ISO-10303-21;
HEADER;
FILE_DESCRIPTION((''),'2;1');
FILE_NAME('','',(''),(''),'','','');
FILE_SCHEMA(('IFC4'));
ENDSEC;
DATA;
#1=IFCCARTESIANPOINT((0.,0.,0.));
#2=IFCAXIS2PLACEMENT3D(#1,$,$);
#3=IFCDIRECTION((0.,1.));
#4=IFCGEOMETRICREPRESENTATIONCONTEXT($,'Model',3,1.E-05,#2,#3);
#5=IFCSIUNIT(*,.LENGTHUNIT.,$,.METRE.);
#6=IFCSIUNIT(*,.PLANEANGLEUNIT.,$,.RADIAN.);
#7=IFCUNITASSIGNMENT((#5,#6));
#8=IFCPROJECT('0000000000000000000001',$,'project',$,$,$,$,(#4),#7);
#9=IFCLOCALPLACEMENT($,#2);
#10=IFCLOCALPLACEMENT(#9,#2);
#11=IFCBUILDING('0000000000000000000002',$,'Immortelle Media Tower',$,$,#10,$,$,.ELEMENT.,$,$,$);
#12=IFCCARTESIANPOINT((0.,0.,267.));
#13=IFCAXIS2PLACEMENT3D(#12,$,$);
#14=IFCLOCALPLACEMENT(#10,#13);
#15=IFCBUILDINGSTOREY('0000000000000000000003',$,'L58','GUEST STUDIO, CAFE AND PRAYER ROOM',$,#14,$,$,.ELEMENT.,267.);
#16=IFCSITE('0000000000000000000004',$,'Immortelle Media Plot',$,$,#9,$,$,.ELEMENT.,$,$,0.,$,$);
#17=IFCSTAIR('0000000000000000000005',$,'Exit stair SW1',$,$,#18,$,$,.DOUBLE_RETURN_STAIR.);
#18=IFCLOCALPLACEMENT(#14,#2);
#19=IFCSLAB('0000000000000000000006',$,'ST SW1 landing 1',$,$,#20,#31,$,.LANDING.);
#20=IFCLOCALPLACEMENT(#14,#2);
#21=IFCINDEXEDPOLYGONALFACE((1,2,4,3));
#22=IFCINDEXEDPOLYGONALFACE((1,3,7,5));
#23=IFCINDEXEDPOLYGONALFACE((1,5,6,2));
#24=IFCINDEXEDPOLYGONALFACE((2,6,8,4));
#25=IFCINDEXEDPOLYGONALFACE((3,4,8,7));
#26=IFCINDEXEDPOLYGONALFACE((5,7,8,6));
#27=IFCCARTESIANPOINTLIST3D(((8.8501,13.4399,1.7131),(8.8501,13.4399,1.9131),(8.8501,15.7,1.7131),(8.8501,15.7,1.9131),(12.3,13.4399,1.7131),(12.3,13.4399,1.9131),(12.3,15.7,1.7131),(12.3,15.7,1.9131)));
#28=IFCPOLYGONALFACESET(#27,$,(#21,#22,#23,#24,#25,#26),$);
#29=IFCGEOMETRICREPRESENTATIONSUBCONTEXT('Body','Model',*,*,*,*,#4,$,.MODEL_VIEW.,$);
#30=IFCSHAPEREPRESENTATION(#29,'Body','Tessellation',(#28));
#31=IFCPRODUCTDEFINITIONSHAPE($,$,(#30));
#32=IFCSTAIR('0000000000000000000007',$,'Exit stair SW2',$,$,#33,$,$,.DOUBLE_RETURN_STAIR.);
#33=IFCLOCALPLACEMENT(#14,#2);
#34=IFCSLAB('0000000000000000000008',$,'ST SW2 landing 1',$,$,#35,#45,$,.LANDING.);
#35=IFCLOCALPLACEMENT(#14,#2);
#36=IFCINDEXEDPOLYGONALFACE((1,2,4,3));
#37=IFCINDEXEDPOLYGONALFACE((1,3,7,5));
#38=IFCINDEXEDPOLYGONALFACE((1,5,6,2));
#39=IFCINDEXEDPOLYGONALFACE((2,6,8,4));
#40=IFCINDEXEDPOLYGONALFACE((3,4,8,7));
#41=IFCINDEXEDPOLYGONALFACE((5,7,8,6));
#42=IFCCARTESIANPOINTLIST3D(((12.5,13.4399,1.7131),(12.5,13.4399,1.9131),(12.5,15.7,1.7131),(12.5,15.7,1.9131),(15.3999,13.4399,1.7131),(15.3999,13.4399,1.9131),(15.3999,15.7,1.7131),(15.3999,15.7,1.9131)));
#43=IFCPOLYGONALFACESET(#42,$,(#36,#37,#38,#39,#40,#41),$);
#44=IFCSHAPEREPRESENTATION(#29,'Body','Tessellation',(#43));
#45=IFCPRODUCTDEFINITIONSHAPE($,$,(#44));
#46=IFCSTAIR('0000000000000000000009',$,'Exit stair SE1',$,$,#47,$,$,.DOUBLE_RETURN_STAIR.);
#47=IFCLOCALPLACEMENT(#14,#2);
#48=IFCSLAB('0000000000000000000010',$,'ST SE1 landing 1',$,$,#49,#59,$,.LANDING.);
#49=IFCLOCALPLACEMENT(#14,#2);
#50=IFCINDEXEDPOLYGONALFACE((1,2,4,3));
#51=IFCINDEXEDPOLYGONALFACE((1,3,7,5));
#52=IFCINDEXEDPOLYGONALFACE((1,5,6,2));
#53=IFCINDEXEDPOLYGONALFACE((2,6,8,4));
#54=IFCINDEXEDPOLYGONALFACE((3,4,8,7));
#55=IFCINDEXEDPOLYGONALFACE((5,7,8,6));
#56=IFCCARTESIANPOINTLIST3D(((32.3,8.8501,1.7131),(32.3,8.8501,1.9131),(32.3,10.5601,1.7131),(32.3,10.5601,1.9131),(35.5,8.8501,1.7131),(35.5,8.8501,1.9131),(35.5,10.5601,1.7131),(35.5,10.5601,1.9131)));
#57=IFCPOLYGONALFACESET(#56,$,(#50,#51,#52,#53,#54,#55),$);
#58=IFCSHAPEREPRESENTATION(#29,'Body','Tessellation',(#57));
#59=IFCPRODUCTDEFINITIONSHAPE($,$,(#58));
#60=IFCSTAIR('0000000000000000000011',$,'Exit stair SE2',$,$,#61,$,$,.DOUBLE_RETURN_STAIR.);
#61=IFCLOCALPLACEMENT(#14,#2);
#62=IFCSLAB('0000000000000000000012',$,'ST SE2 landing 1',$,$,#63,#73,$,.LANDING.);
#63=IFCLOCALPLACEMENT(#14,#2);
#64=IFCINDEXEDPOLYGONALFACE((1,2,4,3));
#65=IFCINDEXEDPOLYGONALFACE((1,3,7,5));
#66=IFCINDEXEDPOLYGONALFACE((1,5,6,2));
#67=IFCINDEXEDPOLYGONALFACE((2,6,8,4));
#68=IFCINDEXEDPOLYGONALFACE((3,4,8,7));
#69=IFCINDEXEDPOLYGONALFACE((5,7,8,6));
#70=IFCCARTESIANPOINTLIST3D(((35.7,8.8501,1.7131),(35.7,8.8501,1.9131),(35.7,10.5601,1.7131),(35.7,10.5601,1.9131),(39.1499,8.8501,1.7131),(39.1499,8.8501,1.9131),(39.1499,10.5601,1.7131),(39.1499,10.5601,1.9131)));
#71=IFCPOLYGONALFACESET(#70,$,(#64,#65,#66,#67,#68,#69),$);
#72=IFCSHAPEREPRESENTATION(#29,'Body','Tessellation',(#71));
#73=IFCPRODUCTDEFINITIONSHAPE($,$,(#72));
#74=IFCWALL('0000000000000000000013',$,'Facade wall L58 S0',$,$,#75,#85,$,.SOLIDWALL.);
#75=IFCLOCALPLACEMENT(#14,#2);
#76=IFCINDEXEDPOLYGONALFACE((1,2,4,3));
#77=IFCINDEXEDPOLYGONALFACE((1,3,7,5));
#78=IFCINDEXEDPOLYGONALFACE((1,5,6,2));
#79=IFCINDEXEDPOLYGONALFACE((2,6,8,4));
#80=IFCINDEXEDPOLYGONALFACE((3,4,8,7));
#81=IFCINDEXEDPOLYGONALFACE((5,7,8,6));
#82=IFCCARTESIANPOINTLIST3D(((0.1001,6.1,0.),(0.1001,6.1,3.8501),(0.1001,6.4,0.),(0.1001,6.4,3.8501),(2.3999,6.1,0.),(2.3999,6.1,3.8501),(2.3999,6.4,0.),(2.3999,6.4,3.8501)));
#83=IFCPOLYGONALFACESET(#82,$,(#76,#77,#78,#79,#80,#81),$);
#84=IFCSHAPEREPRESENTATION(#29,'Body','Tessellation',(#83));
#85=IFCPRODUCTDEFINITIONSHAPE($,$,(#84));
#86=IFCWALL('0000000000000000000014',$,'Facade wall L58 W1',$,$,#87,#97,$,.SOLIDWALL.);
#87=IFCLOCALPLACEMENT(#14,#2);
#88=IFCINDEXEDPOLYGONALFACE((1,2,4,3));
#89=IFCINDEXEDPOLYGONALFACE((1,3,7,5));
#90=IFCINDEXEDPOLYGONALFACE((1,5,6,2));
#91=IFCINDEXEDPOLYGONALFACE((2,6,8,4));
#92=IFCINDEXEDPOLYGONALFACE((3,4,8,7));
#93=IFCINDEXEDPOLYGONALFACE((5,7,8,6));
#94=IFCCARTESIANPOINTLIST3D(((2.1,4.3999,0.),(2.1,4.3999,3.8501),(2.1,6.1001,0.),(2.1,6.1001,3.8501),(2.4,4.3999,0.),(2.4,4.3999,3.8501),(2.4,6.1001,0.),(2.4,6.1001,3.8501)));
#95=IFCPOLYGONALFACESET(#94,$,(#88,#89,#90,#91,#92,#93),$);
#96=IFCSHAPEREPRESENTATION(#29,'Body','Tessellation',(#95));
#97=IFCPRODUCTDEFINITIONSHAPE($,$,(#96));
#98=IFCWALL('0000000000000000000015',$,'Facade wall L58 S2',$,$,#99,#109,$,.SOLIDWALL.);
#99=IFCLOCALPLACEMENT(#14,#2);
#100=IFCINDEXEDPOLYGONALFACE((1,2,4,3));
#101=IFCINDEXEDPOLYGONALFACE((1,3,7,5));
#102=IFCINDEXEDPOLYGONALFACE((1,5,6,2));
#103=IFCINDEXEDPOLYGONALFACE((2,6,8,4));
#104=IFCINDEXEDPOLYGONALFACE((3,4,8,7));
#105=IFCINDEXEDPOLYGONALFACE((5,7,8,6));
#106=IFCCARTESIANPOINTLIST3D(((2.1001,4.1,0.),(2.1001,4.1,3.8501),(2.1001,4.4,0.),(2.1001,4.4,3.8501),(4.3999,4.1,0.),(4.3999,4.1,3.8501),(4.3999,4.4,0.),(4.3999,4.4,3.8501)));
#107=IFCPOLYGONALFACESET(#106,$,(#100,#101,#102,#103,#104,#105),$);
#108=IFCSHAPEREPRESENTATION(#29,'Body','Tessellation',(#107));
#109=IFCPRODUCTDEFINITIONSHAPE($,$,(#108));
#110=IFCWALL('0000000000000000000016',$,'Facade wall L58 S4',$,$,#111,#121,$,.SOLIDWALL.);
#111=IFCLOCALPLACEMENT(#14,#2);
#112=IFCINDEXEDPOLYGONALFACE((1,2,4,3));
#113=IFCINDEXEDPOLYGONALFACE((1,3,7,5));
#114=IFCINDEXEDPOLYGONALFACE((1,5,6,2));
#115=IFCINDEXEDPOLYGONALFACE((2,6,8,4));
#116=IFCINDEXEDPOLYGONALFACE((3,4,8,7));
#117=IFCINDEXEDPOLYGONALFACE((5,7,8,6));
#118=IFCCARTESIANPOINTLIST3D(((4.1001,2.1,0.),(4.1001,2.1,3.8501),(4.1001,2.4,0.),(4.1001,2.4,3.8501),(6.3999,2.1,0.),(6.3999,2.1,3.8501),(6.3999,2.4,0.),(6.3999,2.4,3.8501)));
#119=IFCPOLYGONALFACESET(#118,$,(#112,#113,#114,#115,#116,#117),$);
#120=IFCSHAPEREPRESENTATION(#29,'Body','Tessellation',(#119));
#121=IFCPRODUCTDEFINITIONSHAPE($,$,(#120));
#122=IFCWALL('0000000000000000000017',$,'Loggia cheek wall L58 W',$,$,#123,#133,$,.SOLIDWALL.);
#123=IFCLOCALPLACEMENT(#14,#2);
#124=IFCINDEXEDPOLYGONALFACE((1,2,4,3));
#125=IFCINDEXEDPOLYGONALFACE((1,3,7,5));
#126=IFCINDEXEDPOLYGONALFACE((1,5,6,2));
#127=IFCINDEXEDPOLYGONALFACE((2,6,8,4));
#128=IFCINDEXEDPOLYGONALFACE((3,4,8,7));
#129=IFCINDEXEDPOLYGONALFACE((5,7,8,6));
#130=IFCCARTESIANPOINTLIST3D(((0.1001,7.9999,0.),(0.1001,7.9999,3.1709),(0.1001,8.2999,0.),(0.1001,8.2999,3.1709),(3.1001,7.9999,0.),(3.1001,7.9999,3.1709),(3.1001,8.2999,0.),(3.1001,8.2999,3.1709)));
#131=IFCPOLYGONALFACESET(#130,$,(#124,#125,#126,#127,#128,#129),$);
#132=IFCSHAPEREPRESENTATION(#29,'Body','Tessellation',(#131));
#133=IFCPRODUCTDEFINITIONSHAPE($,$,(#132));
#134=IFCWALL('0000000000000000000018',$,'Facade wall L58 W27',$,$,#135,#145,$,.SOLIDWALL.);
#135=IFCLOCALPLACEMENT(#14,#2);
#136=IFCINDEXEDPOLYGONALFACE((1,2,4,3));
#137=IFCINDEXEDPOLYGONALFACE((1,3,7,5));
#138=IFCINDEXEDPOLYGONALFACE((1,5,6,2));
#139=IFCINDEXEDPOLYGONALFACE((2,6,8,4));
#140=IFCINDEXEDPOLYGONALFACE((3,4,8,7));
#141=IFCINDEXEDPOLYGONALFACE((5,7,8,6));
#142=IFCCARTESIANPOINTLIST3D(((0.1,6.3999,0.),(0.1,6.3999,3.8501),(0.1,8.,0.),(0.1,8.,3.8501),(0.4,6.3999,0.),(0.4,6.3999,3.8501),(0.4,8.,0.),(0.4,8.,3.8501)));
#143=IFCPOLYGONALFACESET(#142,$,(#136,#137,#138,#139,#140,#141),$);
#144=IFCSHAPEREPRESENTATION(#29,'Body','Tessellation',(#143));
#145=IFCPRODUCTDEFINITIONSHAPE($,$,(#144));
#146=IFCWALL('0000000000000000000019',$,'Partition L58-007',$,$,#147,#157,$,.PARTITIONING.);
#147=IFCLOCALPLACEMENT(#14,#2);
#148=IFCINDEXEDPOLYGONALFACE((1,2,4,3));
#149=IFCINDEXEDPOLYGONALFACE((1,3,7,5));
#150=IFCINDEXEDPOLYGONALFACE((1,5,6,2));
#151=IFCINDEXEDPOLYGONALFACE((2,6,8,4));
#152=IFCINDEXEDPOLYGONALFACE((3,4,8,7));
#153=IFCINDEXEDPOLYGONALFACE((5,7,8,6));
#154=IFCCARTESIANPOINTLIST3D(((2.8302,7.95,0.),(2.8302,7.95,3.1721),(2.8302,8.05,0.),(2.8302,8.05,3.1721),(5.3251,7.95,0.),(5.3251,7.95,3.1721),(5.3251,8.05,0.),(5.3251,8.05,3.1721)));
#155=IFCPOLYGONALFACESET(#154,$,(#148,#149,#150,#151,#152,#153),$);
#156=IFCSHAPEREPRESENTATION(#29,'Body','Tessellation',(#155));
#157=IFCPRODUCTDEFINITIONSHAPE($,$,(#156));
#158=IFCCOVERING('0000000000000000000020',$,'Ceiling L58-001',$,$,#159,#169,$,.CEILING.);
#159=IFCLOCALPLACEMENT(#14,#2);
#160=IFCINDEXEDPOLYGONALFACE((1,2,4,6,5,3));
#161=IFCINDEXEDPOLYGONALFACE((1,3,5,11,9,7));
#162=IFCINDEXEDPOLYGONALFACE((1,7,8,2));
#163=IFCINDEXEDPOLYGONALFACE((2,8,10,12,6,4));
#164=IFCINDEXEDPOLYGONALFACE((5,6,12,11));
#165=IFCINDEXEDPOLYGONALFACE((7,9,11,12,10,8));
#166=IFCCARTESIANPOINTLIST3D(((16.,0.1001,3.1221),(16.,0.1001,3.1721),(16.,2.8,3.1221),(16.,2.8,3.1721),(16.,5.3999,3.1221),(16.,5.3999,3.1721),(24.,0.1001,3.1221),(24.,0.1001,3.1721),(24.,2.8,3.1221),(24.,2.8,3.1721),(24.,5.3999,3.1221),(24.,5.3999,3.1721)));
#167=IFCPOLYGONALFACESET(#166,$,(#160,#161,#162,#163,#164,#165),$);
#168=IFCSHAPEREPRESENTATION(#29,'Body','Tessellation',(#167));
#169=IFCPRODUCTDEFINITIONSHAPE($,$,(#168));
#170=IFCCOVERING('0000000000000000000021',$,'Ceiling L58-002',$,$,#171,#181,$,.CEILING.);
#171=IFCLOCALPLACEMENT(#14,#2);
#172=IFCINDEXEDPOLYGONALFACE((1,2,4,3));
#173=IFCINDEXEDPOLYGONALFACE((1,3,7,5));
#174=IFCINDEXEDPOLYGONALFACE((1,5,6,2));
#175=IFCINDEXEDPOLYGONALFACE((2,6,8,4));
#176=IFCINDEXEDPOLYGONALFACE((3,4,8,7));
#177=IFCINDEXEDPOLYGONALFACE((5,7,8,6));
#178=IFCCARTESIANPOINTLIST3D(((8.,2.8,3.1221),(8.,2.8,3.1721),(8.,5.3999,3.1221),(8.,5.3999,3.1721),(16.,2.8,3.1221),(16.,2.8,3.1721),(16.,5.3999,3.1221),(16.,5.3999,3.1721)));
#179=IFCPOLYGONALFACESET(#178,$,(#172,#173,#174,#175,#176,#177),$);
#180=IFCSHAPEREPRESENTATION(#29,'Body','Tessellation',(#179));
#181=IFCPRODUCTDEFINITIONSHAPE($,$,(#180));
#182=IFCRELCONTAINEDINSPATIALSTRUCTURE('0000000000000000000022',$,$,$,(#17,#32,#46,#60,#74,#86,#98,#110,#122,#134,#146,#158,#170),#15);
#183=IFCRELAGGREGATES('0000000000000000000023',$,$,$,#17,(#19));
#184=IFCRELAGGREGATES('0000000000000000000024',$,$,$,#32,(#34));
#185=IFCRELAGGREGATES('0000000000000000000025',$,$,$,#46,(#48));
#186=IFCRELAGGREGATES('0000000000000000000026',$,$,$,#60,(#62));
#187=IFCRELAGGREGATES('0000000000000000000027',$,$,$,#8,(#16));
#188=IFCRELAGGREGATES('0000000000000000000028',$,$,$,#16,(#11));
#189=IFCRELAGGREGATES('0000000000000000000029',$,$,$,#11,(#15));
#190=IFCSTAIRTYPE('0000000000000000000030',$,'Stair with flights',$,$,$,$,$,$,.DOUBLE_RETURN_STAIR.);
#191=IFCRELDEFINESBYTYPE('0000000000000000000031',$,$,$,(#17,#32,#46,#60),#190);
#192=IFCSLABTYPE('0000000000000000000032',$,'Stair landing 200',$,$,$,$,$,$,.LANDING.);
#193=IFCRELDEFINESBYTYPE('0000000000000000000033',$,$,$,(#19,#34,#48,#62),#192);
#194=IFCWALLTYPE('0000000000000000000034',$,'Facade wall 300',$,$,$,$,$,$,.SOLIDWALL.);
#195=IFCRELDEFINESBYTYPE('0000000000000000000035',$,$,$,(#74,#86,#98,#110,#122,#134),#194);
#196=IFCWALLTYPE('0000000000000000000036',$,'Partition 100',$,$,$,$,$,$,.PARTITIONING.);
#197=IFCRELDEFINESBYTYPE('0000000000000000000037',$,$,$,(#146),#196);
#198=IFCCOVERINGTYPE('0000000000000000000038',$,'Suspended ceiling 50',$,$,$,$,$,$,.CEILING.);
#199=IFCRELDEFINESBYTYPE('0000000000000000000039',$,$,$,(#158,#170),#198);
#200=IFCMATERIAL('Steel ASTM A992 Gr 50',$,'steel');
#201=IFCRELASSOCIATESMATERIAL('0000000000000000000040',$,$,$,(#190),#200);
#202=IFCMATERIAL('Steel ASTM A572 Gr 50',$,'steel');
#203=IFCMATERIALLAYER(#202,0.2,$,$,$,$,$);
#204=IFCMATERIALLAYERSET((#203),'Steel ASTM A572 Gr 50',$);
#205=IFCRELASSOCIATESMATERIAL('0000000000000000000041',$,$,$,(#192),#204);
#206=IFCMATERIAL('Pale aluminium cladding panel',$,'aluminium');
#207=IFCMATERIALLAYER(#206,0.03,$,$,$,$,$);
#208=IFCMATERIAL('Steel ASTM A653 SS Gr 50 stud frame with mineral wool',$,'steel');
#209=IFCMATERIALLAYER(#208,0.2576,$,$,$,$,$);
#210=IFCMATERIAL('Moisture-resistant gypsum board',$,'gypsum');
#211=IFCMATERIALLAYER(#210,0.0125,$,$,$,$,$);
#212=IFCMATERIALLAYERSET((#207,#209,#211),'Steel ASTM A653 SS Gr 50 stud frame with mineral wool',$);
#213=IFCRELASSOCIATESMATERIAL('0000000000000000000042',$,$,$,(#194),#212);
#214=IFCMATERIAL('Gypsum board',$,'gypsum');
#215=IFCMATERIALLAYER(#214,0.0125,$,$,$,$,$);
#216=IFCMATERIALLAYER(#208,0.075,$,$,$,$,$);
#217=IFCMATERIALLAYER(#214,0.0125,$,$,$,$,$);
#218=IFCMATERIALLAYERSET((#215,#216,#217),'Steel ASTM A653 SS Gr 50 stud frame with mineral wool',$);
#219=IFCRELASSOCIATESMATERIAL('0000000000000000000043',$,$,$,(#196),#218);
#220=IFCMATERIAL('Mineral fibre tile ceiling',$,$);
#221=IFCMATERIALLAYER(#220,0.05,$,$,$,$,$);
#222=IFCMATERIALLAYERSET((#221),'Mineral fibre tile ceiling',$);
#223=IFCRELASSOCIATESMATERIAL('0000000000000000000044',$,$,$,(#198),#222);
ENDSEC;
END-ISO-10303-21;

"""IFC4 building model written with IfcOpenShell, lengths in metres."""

from ifc_helpers import new_model, si_unit, direction, frame, frame_2d, origin, place, context, subcontext, project, spatial, polyline, rectangle, outline, extrude, material, layer, layer_set, type_object, element, aggregate, save


model = new_model("IFC4")

# Units and contexts
model_context = context("Model", 3, precision=1e-05, world=origin(), true_north=direction((0.0, 1.0)))
body_context = subcontext(model_context, "Body", "Model", "MODEL_VIEW")
ifc_project = project(units=[si_unit("LENGTHUNIT", "METRE"), si_unit("PLANEANGLEUNIT", "RADIAN")], contexts=[model_context])

# Site, building, storey
site_placement = place(None, origin())
site = spatial("IfcSite", under=ifc_project, at=site_placement, Name="Immortelle Media Plot", CompositionType="ELEMENT", RefElevation=0.0)
building_placement = place(site_placement, origin())
building = spatial("IfcBuilding", under=site, at=building_placement, Name="Immortelle Media Tower", CompositionType="ELEMENT")
storey_placement = place(building_placement, frame((0.0, 0.0, 267.0)))
storey = spatial("IfcBuildingStorey", under=building, at=storey_placement, Name="L58", Description="GUEST STUDIO, CAFE AND PRAYER ROOM", CompositionType="ELEMENT", Elevation=267.0)

# Shared definitions
ifc_material_1 = material(Name="Steel ASTM A992 Gr 50", Category="steel")

# Stairs, slabs
stair_type = type_object("IfcStairType", Name="Stair with flights", PredefinedType="DOUBLE_RETURN_STAIR", material=ifc_material_1)
stair_1_placement = place(storey_placement, origin())
stair_1 = element("IfcStair", 1, at=stair_1_placement, inside=storey, type_object=stair_type, Name="Exit stair SW1", PredefinedType="DOUBLE_RETURN_STAIR")
ifc_material_2 = material(Name="Steel ASTM A572 Gr 50", Category="steel")
ifc_layer_1 = layer(ifc_material_2, 0.2)
ifc_layer_set_1 = layer_set([ifc_layer_1], Name="Steel ASTM A572 Gr 50")
slab_type_1 = type_object("IfcSlabType", Name="Stair landing 200", PredefinedType="LANDING", material=ifc_layer_set_1)
slab_1_placement = place(storey_placement, frame((0.0, 0.0, 1.7131)))
slab_1 = element("IfcSlab", 2, at=slab_1_placement, type_object=slab_type_1, Name="ST SW1 landing 1", PredefinedType="LANDING", context=body_context, shape_type="SweptSolid", body=[
    extrude(outline(polyline([(8.8501, 13.4399), (12.3, 13.4399), (12.3, 15.7), (8.8501, 15.7), (8.8501, 13.4399)])), origin(), (0.0, 0.0, 1.0), 0.2),
])
aggregate(stair_1, [slab_1])
stair_2_placement = place(storey_placement, origin())
stair_2 = element("IfcStair", 3, at=stair_2_placement, inside=storey, type_object=stair_type, Name="Exit stair SW2", PredefinedType="DOUBLE_RETURN_STAIR")
slab_2_placement = place(storey_placement, frame((0.0, 0.0, 1.7131)))
slab_2 = element("IfcSlab", 4, at=slab_2_placement, type_object=slab_type_1, Name="ST SW2 landing 1", PredefinedType="LANDING", context=body_context, shape_type="SweptSolid", body=[
    extrude(outline(polyline([(12.5, 13.4399), (15.3999, 13.4399), (15.3999, 15.7), (12.5, 15.7), (12.5, 13.4399)])), origin(), (0.0, 0.0, 1.0), 0.2),
])
aggregate(stair_2, [slab_2])
stair_3_placement = place(storey_placement, origin())
stair_3 = element("IfcStair", 5, at=stair_3_placement, inside=storey, type_object=stair_type, Name="Exit stair SE1", PredefinedType="DOUBLE_RETURN_STAIR")
slab_3_placement = place(storey_placement, frame((0.0, 0.0, 1.7131)))
slab_3 = element("IfcSlab", 6, at=slab_3_placement, type_object=slab_type_1, Name="ST SE1 landing 1", PredefinedType="LANDING", context=body_context, shape_type="SweptSolid", body=[
    extrude(outline(polyline([(32.3, 8.8501), (35.5, 8.8501), (35.5, 10.5601), (32.3, 10.5601), (32.3, 8.8501)])), origin(), (0.0, 0.0, 1.0), 0.2),
])
aggregate(stair_3, [slab_3])
stair_4_placement = place(storey_placement, origin())
stair_4 = element("IfcStair", 7, at=stair_4_placement, inside=storey, type_object=stair_type, Name="Exit stair SE2", PredefinedType="DOUBLE_RETURN_STAIR")
slab_4_placement = place(storey_placement, frame((0.0, 0.0, 1.7131)))
slab_4 = element("IfcSlab", 8, at=slab_4_placement, type_object=slab_type_1, Name="ST SE2 landing 1", PredefinedType="LANDING", context=body_context, shape_type="SweptSolid", body=[
    extrude(outline(polyline([(35.7, 8.8501), (39.1499, 8.8501), (39.1499, 10.5601), (35.7, 10.5601), (35.7, 8.8501)])), origin(), (0.0, 0.0, 1.0), 0.2),
])
aggregate(stair_4, [slab_4])

# Walls
ifc_material_3 = material(Name="Pale aluminium cladding panel", Category="aluminium")
ifc_layer_2 = layer(ifc_material_3, 0.03)
ifc_material_4 = material(Name="Steel ASTM A653 SS Gr 50 stud frame with mineral wool", Category="steel")
ifc_layer_3 = layer(ifc_material_4, 0.2576)
ifc_material_5 = material(Name="Moisture-resistant gypsum board", Category="gypsum")
ifc_layer_4 = layer(ifc_material_5, 0.0125)
ifc_layer_set_2 = layer_set([ifc_layer_2, ifc_layer_3, ifc_layer_4], Name="Steel ASTM A653 SS Gr 50 stud frame with mineral wool")
wall_type_1 = type_object("IfcWallType", Name="Facade wall 300", PredefinedType="SOLIDWALL", material=ifc_layer_set_2)
wall_1_placement = place(storey_placement, frame((0.1001, 6.25, 0.0), z_axis=(0.0, 0.0, 1.0), x_axis=(1.0, 0.0, 0.0)))
element("IfcWall", 9, at=wall_1_placement, inside=storey, type_object=wall_type_1, Name="Facade wall L58 S0", PredefinedType="SOLIDWALL", context=body_context, shape_type="SweptSolid", body=[
    extrude(rectangle(XDim=2.2998, YDim=0.3, at=frame_2d((1.1499, 0.0))), origin(), (0.0, 0.0, 1.0), 3.8501),
])
wall_2_placement = place(storey_placement, frame((2.25, 6.1001, 0.0), z_axis=(0.0, 0.0, 1.0), x_axis=(0.0, -1.0, 0.0)))
element("IfcWall", 10, at=wall_2_placement, inside=storey, type_object=wall_type_1, Name="Facade wall L58 W1", PredefinedType="SOLIDWALL", context=body_context, shape_type="SweptSolid", body=[
    extrude(rectangle(XDim=1.7002, YDim=0.3, at=frame_2d((0.8501, 0.0))), origin(), (0.0, 0.0, 1.0), 3.8501),
])
for number, where, z_axis, x_axis, name in (
    (11, (2.1001, 4.25, 0.0), (0.0, 0.0, 1.0), (1.0, 0.0, 0.0), "Facade wall L58 S2"),
    (12, (4.1001, 2.25, 0.0), (0.0, 0.0, 1.0), (1.0, 0.0, 0.0), "Facade wall L58 S4"),
):
    element("IfcWall", number, at=place(storey_placement, frame(where, z_axis=z_axis, x_axis=x_axis)), inside=storey, type_object=wall_type_1, Name=name, PredefinedType="SOLIDWALL", context=body_context, shape_type="SweptSolid", body=[
        extrude(rectangle(XDim=2.2998, YDim=0.3, at=frame_2d((1.1499, 0.0))), origin(), (0.0, 0.0, 1.0), 3.8501),
    ])
wall_3_placement = place(storey_placement, frame((0.1001, 8.1499, 0.0), z_axis=(0.0, 0.0, 1.0), x_axis=(1.0, 0.0, 0.0)))
element("IfcWall", 13, at=wall_3_placement, inside=storey, type_object=wall_type_1, Name="Loggia cheek wall L58 W", PredefinedType="SOLIDWALL", context=body_context, shape_type="SweptSolid", body=[
    extrude(rectangle(XDim=3.0, YDim=0.3, at=frame_2d((1.5, 0.0))), origin(), (0.0, 0.0, 1.0), 3.1709),
])
wall_4_placement = place(storey_placement, frame((0.25, 8.0, 0.0), z_axis=(0.0, 0.0, 1.0), x_axis=(0.0, -1.0, 0.0)))
element("IfcWall", 14, at=wall_4_placement, inside=storey, type_object=wall_type_1, Name="Facade wall L58 W27", PredefinedType="SOLIDWALL", context=body_context, shape_type="SweptSolid", body=[
    extrude(rectangle(XDim=1.6001, YDim=0.3, at=frame_2d((0.8, 0.0))), origin(), (0.0, 0.0, 1.0), 3.8501),
])
ifc_material_6 = material(Name="Gypsum board", Category="gypsum")
ifc_layer_5 = layer(ifc_material_6, 0.0125)
ifc_layer_6 = layer(ifc_material_4, 0.075)
ifc_layer_7 = layer(ifc_material_6, 0.0125)
ifc_layer_set_3 = layer_set([ifc_layer_5, ifc_layer_6, ifc_layer_7], Name="Steel ASTM A653 SS Gr 50 stud frame with mineral wool")
wall_type_2 = type_object("IfcWallType", Name="Partition 100", PredefinedType="PARTITIONING", material=ifc_layer_set_3)
wall_5_placement = place(storey_placement, frame((2.8301, 8.0, 0.0), z_axis=(0.0, 0.0, 1.0), x_axis=(1.0, 0.0, 0.0)))
element("IfcWall", 15, at=wall_5_placement, inside=storey, type_object=wall_type_2, Name="Partition L58-007", PredefinedType="PARTITIONING", context=body_context, shape_type="SweptSolid", body=[
    extrude(rectangle(XDim=2.4949, YDim=0.1001, at=frame_2d((1.2476, 0.0))), origin(), (0.0, 0.0, 1.0), 3.1721),
])

# Coverings
ifc_material_7 = material(Name="Mineral fibre tile ceiling")
ifc_layer_8 = layer(ifc_material_7, 0.05)
ifc_layer_set_4 = layer_set([ifc_layer_8], Name="Mineral fibre tile ceiling")
covering_type = type_object("IfcCoveringType", Name="Suspended ceiling 50", PredefinedType="CEILING", material=ifc_layer_set_4)
covering_1_placement = place(storey_placement, frame((0.0, 0.0, 3.1221)))
element("IfcCovering", 16, at=covering_1_placement, inside=storey, type_object=covering_type, Name="Ceiling L58-001", PredefinedType="CEILING", context=body_context, shape_type="SweptSolid", body=[
    extrude(outline(polyline([(16.0, 0.1001), (16.0, 2.8), (16.0, 5.3999), (24.0, 5.3999), (24.0, 2.8), (24.0, 0.1001), (16.0, 0.1001)])), origin(), (0.0, 0.0, 1.0), 0.05),
])
covering_2_placement = place(storey_placement, frame((0.0, 0.0, 3.1221)))
element("IfcCovering", 17, at=covering_2_placement, inside=storey, type_object=covering_type, Name="Ceiling L58-002", PredefinedType="CEILING", context=body_context, shape_type="SweptSolid", body=[
    extrude(outline(polyline([(8.0, 2.8), (8.0, 5.3999), (16.0, 5.3999), (16.0, 2.8), (8.0, 2.8)])), origin(), (0.0, 0.0, 1.0), 0.05),
])

save(model, "model.ifc")
